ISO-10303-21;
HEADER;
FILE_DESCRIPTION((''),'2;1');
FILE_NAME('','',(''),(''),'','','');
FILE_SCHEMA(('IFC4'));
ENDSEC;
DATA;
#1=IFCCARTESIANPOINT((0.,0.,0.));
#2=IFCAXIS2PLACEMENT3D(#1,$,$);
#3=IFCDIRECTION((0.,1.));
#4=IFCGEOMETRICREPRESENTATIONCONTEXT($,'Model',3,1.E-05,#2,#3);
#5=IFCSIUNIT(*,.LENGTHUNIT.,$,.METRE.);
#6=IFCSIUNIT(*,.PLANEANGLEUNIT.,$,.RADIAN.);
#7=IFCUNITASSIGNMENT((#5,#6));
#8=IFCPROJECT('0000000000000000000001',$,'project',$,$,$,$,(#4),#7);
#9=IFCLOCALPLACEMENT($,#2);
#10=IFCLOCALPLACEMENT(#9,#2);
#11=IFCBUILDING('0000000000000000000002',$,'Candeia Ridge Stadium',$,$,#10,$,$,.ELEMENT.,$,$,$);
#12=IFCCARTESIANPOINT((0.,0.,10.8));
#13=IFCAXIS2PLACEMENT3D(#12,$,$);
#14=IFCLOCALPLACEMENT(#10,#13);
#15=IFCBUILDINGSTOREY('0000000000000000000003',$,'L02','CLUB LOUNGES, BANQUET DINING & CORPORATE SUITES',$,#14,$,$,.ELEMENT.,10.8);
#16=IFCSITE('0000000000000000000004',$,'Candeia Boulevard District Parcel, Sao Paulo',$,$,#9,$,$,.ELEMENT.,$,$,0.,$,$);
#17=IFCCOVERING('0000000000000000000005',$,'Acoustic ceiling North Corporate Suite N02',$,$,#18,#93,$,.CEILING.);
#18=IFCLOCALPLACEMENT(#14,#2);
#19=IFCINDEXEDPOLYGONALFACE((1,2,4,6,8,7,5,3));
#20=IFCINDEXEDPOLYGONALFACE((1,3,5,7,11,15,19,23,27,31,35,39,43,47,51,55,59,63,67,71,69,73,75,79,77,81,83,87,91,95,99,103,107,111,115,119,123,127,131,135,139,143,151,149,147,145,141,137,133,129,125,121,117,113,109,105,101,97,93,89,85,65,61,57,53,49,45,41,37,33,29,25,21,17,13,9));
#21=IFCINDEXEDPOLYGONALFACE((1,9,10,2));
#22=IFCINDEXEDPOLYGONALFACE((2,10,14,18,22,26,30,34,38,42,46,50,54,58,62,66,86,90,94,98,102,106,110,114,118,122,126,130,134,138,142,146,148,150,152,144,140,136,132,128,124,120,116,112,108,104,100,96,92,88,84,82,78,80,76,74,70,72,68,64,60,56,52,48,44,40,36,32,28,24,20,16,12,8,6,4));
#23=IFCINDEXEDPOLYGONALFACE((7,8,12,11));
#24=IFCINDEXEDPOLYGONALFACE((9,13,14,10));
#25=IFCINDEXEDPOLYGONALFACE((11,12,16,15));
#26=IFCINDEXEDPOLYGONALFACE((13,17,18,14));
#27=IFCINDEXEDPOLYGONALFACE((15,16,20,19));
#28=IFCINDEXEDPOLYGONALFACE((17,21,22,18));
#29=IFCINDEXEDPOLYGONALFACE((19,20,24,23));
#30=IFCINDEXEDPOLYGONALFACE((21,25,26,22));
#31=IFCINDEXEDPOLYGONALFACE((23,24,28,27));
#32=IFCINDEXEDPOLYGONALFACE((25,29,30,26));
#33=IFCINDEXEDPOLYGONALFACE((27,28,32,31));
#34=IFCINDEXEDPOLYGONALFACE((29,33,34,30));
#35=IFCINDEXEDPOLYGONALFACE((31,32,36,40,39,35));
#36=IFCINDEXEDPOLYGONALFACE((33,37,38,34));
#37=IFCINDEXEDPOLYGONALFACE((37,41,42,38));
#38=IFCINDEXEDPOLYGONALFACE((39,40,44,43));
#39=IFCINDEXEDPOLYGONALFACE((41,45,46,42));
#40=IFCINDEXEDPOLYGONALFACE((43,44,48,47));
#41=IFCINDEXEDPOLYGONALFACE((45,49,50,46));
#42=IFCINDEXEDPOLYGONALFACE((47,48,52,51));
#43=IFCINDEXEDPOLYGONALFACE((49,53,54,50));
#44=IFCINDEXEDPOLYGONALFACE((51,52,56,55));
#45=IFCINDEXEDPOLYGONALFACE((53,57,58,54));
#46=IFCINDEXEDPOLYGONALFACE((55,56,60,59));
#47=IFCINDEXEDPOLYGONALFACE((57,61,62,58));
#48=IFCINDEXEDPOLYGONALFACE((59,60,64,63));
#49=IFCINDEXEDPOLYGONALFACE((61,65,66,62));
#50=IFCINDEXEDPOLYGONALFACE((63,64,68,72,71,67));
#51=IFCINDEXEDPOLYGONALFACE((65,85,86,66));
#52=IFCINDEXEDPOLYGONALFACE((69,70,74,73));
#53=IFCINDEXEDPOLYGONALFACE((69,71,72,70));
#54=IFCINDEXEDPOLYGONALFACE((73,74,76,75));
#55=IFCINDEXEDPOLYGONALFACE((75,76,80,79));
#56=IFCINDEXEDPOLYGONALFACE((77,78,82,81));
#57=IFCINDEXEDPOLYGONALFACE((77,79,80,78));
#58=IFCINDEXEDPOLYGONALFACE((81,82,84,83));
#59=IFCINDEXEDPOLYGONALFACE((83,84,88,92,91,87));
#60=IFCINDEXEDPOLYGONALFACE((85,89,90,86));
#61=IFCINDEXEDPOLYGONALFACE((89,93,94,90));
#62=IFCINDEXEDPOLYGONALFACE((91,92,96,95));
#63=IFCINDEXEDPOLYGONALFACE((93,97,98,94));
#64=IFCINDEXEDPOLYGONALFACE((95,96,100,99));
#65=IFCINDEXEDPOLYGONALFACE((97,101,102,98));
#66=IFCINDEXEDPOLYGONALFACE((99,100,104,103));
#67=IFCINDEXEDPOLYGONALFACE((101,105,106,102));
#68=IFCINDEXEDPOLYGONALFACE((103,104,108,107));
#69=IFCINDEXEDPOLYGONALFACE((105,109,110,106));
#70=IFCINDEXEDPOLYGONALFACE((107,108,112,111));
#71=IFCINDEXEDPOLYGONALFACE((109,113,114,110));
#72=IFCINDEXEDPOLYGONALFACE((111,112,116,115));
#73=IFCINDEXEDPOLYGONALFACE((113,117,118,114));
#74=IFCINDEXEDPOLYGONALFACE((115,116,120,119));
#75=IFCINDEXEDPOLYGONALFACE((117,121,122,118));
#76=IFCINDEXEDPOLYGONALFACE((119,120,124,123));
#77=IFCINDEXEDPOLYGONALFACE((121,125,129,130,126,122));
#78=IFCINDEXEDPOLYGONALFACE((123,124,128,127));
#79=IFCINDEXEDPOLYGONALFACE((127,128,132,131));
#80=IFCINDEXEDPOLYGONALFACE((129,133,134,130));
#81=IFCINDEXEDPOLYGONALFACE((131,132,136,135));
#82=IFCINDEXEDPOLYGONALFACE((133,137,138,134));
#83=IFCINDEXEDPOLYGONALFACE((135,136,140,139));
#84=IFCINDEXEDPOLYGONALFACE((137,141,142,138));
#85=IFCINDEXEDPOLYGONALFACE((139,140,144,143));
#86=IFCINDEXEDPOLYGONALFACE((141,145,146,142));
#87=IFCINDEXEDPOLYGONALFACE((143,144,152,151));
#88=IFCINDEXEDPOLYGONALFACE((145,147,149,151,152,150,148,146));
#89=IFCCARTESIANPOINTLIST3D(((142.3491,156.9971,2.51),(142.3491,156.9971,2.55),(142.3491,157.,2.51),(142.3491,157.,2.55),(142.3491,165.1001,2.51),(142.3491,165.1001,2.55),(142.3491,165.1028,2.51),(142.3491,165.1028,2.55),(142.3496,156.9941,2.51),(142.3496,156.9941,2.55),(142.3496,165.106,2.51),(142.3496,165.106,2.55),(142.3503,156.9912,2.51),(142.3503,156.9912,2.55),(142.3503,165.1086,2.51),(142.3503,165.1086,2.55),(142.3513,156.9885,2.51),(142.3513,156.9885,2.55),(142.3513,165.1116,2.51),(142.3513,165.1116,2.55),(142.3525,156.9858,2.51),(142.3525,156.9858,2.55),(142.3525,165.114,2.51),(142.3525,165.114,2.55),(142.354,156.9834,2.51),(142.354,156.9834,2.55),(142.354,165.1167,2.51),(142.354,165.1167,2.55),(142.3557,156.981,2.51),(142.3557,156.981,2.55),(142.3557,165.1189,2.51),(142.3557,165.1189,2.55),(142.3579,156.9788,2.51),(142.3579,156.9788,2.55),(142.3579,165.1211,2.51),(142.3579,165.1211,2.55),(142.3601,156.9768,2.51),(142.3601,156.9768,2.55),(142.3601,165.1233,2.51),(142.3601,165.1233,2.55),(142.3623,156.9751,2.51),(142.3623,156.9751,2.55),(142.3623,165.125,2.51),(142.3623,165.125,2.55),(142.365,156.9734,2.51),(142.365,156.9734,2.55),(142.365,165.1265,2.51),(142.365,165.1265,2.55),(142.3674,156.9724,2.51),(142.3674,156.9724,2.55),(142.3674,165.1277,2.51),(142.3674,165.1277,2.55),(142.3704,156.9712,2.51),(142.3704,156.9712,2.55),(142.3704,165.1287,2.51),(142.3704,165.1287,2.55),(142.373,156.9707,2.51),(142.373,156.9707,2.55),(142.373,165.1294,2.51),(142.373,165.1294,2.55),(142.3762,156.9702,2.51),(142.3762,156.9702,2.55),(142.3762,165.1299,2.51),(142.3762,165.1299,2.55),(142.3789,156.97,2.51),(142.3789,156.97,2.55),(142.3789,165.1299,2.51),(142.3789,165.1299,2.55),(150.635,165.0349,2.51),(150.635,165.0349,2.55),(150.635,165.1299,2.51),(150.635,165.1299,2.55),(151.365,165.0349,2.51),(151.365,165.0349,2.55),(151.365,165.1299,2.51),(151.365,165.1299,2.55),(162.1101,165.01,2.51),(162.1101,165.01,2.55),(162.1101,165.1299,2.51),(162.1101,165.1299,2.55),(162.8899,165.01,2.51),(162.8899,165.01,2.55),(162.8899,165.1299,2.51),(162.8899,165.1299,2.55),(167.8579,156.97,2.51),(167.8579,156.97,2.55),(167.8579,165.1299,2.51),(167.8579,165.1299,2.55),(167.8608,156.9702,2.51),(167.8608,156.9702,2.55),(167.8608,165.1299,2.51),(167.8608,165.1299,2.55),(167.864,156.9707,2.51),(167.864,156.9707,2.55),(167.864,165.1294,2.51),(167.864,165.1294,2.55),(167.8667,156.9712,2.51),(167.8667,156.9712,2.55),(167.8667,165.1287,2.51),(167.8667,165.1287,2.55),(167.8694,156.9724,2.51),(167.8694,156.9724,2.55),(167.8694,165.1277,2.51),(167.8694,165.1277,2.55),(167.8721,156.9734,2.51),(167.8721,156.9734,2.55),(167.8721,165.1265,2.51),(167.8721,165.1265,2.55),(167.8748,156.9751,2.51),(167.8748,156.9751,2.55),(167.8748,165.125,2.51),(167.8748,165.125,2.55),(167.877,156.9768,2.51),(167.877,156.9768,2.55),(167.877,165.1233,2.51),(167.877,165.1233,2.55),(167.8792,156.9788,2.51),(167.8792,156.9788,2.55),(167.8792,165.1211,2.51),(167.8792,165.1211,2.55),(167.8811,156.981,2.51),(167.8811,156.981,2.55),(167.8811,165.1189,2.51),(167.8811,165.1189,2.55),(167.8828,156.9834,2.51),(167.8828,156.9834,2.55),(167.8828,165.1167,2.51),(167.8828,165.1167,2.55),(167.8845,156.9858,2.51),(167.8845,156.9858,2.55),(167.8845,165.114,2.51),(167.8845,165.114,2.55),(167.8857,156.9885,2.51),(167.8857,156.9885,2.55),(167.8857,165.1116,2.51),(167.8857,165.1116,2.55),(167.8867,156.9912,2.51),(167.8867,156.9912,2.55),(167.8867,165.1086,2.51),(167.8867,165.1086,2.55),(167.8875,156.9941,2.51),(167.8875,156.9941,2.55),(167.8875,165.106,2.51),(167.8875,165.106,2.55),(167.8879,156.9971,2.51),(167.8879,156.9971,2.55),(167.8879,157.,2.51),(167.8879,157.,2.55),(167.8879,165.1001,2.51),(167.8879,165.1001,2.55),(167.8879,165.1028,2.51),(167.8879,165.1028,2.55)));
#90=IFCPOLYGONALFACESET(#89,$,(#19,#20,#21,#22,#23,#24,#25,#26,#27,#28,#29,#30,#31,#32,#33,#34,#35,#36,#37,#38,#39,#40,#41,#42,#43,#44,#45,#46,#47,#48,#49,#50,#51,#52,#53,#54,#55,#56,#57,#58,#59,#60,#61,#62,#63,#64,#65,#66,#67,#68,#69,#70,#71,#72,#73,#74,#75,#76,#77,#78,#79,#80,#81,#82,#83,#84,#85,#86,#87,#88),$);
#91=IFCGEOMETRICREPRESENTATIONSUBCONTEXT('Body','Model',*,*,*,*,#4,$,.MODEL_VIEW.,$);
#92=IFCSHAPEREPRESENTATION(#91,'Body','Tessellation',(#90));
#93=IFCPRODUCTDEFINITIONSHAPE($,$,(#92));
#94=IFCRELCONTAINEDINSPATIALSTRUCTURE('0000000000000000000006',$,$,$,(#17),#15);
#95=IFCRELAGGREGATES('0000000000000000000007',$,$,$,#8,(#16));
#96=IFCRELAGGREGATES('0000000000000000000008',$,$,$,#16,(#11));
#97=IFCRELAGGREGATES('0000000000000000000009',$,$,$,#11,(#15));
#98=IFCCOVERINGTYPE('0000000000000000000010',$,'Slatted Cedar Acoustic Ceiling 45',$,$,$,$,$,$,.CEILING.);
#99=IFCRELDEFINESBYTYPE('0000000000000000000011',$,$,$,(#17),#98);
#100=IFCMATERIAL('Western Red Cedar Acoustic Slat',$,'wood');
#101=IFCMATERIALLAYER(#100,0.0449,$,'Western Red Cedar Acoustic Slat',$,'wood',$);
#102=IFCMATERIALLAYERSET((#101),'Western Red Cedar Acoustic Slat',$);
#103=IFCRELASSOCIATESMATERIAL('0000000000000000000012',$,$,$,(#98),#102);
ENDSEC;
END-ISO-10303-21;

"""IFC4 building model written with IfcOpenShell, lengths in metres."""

from ifc_helpers import new_model, si_unit, direction, frame, origin, place, context, subcontext, project, spatial, polyline, outline, extrude, material, layer, layer_set, type_object, element, save


model = new_model("IFC4")

# Units and contexts
model_context = context("Model", 3, precision=1e-05, world=origin(), true_north=direction((0.0, 1.0)))
body_context = subcontext(model_context, "Body", "Model", "MODEL_VIEW")
ifc_project = project(units=[si_unit("LENGTHUNIT", "METRE"), si_unit("PLANEANGLEUNIT", "RADIAN")], contexts=[model_context])

# Site, building, storey
site_placement = place(None, origin())
site = spatial("IfcSite", under=ifc_project, at=site_placement, Name="Candeia Boulevard District Parcel, Sao Paulo", CompositionType="ELEMENT", RefElevation=0.0)
building_placement = place(site_placement, origin())
building = spatial("IfcBuilding", under=site, at=building_placement, Name="Candeia Ridge Stadium", CompositionType="ELEMENT")
storey_placement = place(building_placement, frame((0.0, 0.0, 10.8)))
storey = spatial("IfcBuildingStorey", under=building, at=storey_placement, Name="L02", Description="CLUB LOUNGES, BANQUET DINING & CORPORATE SUITES", CompositionType="ELEMENT", Elevation=10.8)

# Covering
ifc_material_1 = material(Name="Western Red Cedar Acoustic Slat", Category="wood")
ifc_layer_1 = layer(ifc_material_1, 0.0449, Name="Western Red Cedar Acoustic Slat", Category="wood")
ifc_layer_set_1 = layer_set([ifc_layer_1], Name="Western Red Cedar Acoustic Slat")
covering_type_1 = type_object("IfcCoveringType", Name="Slatted Cedar Acoustic Ceiling 45", PredefinedType="CEILING", material=ifc_layer_set_1)
covering_1_placement = place(storey_placement, frame((0.0, 0.0, 2.51)))
element("IfcCovering", 1, at=covering_1_placement, inside=storey, type_object=covering_type_1, Name="Acoustic ceiling North Corporate Suite N02", PredefinedType="CEILING", context=body_context, shape_type="SweptSolid", body=[
    extrude(outline(polyline([(142.373, 156.9707), (142.3704, 156.9712), (142.3674, 156.9724), (142.365, 156.9734), (142.3623, 156.9751), (142.3601, 156.9768), (142.3579, 156.9788), (142.3557, 156.981), (142.354, 156.9834), (142.3525, 156.9858), (142.3513, 156.9885), (142.3503, 156.9912), (142.3496, 156.9941), (142.3491, 156.9971), (142.3491, 157.0), (142.3491, 165.1001), (142.3491, 165.1028), (142.3496, 165.106), (142.3503, 165.1086), (142.3513, 165.1116), (142.3525, 165.114), (142.354, 165.1167), (142.3557, 165.1189), (142.3579, 165.1211), (142.3601, 165.1233), (142.3623, 165.125), (142.365, 165.1265), (142.3674, 165.1277), (142.3704, 165.1287), (142.373, 165.1294), (142.3762, 165.1299), (142.3789, 165.1299), (150.635, 165.1299), (150.635, 165.0349), (151.365, 165.0349), (151.365, 165.1299), (162.1101, 165.1299), (162.1101, 165.01), (162.8899, 165.01), (162.8899, 165.1299), (167.8579, 165.1299), (167.8608, 165.1299), (167.864, 165.1294), (167.8667, 165.1287), (167.8694, 165.1277), (167.8721, 165.1265), (167.8748, 165.125), (167.877, 165.1233), (167.8792, 165.1211), (167.8811, 165.1189), (167.8828, 165.1167), (167.8845, 165.114), (167.8857, 165.1116), (167.8867, 165.1086), (167.8875, 165.106), (167.8879, 165.1028), (167.8879, 165.1001), (167.8879, 157.0), (167.8879, 156.9971), (167.8875, 156.9941), (167.8867, 156.9912), (167.8857, 156.9885), (167.8845, 156.9858), (167.8828, 156.9834), (167.8811, 156.981), (167.8792, 156.9788), (167.877, 156.9768), (167.8748, 156.9751), (167.8721, 156.9734), (167.8694, 156.9724), (167.8667, 156.9712), (167.864, 156.9707), (167.8608, 156.9702), (167.8579, 156.97), (142.3789, 156.97), (142.3762, 156.9702), (142.373, 156.9707)])), origin(), (0.0, 0.0, 1.0), 0.04),
])

save(model, "model.ifc")
